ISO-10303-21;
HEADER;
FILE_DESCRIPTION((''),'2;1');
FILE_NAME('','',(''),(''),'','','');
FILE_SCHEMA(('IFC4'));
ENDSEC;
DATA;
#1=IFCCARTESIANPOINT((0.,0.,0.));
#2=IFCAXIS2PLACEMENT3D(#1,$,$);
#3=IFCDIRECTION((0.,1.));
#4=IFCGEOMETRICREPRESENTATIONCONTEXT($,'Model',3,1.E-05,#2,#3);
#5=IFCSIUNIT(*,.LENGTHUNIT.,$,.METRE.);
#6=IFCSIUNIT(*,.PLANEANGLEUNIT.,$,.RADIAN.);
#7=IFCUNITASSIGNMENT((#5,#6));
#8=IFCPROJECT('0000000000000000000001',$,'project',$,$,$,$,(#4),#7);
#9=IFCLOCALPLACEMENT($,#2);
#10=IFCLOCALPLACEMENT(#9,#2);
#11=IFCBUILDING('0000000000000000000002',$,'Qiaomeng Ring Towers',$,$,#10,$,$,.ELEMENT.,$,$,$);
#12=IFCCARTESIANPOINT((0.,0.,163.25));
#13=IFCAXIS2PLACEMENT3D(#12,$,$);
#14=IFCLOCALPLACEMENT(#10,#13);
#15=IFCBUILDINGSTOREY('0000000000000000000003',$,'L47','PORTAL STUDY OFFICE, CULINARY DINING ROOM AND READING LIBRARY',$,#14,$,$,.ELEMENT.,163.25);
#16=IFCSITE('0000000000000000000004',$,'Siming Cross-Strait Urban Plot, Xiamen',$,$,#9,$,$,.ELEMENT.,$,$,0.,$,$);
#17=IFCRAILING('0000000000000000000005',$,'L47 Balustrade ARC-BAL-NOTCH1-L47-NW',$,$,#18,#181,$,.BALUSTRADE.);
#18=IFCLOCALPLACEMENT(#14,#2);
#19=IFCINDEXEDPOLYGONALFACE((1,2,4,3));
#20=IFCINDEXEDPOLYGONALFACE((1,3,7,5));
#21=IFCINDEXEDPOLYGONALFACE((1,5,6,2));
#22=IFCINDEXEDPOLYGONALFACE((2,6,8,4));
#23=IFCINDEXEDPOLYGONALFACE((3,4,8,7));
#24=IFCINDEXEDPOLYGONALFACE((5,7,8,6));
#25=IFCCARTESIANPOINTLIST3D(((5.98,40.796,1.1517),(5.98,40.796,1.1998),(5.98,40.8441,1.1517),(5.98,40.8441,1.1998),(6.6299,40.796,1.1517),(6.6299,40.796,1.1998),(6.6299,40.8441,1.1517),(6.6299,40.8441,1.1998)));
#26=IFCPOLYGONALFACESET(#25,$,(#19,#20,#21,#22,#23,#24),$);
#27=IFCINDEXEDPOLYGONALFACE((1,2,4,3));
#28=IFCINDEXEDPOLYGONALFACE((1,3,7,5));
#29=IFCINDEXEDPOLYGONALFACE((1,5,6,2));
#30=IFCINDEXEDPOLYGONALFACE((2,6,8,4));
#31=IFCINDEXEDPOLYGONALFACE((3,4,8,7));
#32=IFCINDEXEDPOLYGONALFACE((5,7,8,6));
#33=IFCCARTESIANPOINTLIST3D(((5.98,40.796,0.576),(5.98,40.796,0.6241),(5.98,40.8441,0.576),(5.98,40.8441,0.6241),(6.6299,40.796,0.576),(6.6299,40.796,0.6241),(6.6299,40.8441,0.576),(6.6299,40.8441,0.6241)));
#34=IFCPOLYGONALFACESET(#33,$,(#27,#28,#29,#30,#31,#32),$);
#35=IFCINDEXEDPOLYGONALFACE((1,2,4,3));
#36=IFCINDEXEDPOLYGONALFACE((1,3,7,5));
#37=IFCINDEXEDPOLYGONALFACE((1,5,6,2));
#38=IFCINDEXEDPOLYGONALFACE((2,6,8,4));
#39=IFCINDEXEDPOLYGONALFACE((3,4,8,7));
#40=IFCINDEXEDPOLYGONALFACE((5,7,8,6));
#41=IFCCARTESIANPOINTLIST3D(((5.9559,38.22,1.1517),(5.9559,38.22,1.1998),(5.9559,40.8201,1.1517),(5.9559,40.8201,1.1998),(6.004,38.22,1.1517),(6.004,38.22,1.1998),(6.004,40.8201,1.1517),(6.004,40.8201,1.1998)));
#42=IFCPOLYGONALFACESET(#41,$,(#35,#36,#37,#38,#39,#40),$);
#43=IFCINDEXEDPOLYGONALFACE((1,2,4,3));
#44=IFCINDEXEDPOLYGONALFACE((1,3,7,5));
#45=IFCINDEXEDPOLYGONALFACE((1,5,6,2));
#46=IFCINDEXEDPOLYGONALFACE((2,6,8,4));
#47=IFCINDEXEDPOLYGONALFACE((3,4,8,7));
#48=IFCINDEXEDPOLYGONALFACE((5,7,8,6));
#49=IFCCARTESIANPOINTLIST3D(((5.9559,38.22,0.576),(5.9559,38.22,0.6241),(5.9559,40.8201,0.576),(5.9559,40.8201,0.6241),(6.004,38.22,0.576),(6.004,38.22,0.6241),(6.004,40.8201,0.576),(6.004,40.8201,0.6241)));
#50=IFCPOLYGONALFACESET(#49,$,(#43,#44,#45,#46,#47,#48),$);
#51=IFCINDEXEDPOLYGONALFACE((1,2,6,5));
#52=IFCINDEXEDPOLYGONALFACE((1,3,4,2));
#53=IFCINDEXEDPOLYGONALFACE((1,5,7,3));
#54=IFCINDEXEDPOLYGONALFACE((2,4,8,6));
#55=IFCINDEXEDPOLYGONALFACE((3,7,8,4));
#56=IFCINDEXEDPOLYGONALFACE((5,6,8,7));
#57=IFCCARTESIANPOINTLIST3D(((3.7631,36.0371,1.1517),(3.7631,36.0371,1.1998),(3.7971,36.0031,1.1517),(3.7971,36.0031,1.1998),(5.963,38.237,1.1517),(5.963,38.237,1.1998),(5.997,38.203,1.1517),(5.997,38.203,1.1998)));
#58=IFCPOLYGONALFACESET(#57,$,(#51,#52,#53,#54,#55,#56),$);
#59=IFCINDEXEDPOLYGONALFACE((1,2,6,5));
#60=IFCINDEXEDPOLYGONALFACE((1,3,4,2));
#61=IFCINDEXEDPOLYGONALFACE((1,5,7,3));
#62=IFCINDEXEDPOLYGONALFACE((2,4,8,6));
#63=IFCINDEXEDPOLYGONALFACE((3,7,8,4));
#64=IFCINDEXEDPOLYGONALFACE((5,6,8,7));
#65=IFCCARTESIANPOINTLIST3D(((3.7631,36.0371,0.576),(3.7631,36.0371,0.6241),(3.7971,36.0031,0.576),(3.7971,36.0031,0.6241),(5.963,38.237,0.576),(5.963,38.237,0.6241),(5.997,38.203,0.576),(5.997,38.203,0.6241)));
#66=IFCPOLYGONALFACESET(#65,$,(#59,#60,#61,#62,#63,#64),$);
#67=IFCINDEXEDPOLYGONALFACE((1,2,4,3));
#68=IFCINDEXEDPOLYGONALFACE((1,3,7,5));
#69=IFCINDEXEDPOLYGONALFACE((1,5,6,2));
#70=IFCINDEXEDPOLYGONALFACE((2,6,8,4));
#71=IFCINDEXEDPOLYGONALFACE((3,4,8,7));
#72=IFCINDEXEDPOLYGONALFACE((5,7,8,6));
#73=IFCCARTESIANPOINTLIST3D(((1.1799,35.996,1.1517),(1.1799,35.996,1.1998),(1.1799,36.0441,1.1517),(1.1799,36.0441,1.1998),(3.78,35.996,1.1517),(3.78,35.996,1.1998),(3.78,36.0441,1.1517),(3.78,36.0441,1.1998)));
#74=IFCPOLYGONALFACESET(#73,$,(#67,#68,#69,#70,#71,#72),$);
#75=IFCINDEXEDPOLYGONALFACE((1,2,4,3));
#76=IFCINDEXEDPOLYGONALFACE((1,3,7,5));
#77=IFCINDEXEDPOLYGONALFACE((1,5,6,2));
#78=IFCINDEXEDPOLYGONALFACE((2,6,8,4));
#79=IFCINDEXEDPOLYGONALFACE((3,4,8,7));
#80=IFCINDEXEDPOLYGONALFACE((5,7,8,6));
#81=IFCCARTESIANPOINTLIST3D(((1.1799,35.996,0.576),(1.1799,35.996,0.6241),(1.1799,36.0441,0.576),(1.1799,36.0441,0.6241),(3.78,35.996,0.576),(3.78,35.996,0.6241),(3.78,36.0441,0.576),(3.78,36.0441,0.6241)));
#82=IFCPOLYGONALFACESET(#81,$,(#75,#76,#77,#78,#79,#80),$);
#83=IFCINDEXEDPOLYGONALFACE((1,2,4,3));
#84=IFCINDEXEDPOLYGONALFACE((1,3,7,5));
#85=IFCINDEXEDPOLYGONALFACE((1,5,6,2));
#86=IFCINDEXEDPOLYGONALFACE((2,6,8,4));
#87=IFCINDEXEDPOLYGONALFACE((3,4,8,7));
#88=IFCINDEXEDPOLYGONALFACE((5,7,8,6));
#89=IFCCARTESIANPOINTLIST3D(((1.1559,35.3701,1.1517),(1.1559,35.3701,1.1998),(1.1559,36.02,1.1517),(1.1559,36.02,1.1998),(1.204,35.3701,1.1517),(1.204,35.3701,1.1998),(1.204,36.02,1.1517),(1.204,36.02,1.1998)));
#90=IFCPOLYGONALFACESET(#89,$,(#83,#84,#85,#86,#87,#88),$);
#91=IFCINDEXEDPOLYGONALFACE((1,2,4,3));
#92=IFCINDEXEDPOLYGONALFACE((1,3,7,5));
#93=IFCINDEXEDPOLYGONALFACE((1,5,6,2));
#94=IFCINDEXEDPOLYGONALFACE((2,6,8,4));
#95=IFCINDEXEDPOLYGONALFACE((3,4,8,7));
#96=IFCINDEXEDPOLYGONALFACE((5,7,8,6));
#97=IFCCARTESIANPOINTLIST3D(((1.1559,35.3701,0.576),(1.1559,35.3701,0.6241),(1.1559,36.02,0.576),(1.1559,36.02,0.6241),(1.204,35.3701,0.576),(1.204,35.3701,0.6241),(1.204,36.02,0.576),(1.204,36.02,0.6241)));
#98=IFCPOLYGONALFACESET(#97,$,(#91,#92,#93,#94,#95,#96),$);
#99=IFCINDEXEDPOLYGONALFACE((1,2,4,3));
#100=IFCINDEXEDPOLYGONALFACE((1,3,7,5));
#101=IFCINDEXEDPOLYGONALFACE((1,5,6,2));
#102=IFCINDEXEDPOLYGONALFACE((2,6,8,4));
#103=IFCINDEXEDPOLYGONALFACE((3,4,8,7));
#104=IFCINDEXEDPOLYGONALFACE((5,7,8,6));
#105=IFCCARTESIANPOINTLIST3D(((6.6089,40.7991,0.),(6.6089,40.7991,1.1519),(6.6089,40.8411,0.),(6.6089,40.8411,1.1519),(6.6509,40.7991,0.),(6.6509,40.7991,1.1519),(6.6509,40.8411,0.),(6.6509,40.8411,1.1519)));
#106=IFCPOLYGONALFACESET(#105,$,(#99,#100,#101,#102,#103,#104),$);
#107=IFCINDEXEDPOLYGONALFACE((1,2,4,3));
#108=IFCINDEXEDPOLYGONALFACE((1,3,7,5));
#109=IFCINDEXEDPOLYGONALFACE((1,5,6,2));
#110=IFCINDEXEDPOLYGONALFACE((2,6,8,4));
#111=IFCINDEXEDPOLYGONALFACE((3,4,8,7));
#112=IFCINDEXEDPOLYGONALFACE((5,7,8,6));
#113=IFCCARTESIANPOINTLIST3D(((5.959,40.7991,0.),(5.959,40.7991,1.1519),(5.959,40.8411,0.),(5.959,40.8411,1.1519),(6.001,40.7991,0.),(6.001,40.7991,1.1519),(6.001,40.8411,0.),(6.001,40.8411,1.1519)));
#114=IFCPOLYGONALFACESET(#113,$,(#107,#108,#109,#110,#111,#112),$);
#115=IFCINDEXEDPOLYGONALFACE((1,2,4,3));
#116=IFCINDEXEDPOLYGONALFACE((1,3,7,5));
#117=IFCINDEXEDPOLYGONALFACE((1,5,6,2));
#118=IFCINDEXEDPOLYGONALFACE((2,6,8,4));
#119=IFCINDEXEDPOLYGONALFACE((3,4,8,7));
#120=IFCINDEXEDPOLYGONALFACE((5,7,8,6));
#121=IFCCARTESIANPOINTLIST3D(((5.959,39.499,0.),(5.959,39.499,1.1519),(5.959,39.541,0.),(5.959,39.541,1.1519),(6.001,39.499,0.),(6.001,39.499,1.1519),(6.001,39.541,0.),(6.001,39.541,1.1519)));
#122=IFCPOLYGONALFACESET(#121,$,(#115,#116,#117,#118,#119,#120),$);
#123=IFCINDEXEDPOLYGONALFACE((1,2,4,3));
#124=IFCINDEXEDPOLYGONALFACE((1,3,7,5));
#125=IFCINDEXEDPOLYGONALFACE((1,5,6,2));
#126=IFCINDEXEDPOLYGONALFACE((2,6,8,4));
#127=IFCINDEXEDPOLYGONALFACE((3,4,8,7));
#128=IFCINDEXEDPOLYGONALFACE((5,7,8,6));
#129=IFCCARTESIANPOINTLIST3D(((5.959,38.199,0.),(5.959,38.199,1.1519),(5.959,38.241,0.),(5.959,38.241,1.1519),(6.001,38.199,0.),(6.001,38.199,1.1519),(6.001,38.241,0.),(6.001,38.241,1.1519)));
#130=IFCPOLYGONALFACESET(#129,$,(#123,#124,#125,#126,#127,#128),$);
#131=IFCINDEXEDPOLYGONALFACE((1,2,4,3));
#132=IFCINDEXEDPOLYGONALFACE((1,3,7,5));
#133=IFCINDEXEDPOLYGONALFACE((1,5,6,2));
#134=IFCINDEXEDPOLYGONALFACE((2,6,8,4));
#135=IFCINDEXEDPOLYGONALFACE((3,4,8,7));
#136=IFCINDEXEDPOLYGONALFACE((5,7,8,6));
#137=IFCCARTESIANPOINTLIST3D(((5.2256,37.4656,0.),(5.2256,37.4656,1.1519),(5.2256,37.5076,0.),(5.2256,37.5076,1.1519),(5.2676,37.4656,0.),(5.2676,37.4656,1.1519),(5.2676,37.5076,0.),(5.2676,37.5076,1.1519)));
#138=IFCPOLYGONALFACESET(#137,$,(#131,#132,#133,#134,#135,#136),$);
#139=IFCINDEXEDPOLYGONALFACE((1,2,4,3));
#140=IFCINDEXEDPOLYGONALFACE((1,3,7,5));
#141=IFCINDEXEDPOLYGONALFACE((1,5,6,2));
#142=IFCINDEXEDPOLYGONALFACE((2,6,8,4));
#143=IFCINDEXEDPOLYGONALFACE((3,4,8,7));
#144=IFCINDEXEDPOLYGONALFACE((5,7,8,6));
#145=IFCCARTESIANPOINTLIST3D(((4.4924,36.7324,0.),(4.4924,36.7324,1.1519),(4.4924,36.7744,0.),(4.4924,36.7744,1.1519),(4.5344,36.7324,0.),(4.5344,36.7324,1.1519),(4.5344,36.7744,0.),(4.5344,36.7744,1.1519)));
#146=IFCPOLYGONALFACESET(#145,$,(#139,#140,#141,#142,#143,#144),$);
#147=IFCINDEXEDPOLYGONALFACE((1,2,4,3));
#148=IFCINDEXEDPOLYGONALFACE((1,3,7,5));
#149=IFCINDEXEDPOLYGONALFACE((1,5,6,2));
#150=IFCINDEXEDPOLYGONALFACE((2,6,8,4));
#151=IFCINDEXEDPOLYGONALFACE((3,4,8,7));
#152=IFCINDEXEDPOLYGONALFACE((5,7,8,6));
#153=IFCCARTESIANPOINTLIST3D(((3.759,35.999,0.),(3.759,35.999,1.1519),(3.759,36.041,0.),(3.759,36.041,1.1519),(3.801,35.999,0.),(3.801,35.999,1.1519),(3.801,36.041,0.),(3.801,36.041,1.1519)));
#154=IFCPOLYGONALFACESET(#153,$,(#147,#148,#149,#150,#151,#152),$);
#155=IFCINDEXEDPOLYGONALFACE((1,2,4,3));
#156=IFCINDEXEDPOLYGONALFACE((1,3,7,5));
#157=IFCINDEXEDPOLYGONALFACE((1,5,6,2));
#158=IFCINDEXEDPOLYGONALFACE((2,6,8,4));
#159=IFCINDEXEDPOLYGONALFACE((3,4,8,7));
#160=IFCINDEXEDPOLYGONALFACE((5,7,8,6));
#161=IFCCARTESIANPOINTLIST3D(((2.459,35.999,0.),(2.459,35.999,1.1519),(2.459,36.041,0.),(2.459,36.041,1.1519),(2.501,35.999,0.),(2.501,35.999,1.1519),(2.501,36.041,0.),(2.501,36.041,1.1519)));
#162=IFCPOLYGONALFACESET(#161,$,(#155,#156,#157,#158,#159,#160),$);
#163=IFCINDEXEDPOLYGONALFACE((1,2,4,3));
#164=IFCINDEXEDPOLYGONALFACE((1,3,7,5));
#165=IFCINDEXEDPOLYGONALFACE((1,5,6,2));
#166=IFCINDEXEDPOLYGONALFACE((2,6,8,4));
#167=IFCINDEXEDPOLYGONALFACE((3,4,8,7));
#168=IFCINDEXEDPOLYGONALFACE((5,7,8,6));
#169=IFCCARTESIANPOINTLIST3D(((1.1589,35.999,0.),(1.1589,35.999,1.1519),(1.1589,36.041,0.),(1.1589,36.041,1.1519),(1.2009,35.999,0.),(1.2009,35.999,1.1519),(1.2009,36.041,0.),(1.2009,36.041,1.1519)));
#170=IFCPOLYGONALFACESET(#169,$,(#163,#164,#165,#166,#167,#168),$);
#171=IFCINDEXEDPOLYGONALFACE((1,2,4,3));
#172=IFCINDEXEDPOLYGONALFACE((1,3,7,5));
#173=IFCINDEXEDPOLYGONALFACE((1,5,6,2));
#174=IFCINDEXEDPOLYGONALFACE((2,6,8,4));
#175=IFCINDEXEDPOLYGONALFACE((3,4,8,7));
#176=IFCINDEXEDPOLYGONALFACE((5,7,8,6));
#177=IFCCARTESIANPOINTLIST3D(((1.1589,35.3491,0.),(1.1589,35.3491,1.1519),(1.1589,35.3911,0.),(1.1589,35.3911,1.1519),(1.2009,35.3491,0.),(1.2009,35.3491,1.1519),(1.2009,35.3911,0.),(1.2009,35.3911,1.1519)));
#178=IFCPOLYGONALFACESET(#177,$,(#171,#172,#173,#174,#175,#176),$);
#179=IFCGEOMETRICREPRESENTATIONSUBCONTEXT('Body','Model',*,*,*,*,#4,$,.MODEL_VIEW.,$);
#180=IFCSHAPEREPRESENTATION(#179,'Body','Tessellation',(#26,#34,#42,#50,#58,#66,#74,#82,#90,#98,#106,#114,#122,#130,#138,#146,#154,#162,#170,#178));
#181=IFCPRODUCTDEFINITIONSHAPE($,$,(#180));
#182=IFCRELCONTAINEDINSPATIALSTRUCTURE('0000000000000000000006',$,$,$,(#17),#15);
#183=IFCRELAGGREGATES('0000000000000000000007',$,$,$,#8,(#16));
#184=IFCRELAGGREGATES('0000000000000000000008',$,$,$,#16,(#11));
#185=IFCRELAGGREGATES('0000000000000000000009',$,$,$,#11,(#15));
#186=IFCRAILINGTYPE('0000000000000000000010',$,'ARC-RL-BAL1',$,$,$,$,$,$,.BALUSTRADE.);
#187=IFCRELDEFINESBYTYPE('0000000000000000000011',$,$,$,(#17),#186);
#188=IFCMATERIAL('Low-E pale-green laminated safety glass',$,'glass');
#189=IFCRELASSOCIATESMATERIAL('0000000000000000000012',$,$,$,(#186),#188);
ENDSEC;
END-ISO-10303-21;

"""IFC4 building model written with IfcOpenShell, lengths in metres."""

from ifc_helpers import new_model, si_unit, direction, frame, origin, origin_2d, place, context, subcontext, project, spatial, rectangle, extrude, material, type_object, element, save


model = new_model("IFC4")

# Units and contexts
model_context = context("Model", 3, precision=1e-05, world=origin(), true_north=direction((0.0, 1.0)))
body_context = subcontext(model_context, "Body", "Model", "MODEL_VIEW")
ifc_project = project(units=[si_unit("LENGTHUNIT", "METRE"), si_unit("PLANEANGLEUNIT", "RADIAN")], contexts=[model_context])

# Site, building, storey
site_placement = place(None, origin())
site = spatial("IfcSite", under=ifc_project, at=site_placement, Name="Siming Cross-Strait Urban Plot, Xiamen", CompositionType="ELEMENT", RefElevation=0.0)
building_placement = place(site_placement, origin())
building = spatial("IfcBuilding", under=site, at=building_placement, Name="Qiaomeng Ring Towers", CompositionType="ELEMENT")
storey_placement = place(building_placement, frame((0.0, 0.0, 163.25)))
storey = spatial("IfcBuildingStorey", under=building, at=storey_placement, Name="L47", Description="PORTAL STUDY OFFICE, CULINARY DINING ROOM AND READING LIBRARY", CompositionType="ELEMENT", Elevation=163.25)

# Railing
ifc_material_1 = material(Name="Low-E pale-green laminated safety glass", Category="glass")
railing_type = type_object("IfcRailingType", Name="ARC-RL-BAL1", PredefinedType="BALUSTRADE", material=ifc_material_1)
railing_placement = place(storey_placement, frame((6.6299, 40.8201, 0.0)))
element("IfcRailing", 1, at=railing_placement, inside=storey, type_object=railing_type, Name="L47 Balustrade ARC-BAL-NOTCH1-L47-NW", PredefinedType="BALUSTRADE", context=body_context, shape_type="SweptSolid", body=[
    extrude(rectangle(XDim=0.0481, YDim=0.0481, at=origin_2d()), frame((0.0, 0.0, 1.1758), z_axis=(-1.0, 0.0, 0.0), x_axis=(0.0, -1.0, 0.0)), (0.0, 0.0, 1.0), 0.6499),
    extrude(rectangle(XDim=0.0481, YDim=0.0481, at=origin_2d()), frame((0.0, 0.0, 0.6001), z_axis=(-1.0, 0.0, 0.0), x_axis=(0.0, -1.0, 0.0)), (0.0, 0.0, 1.0), 0.6499),
    extrude(rectangle(XDim=0.0481, YDim=0.0481, at=origin_2d()), frame((-0.6499, 0.0, 1.1758), z_axis=(0.0, -1.0, 0.0), x_axis=(1.0, 0.0, 0.0)), (0.0, 0.0, 1.0), 2.6001),
    extrude(rectangle(XDim=0.0481, YDim=0.0481, at=origin_2d()), frame((-0.6499, 0.0, 0.6001), z_axis=(0.0, -1.0, 0.0), x_axis=(1.0, 0.0, 0.0)), (0.0, 0.0, 1.0), 2.6001),
    extrude(rectangle(XDim=0.0481, YDim=0.0481, at=origin_2d()), frame((-0.6499, -2.6001, 1.1758), z_axis=(-0.707107, -0.707107, 0.0), x_axis=(0.707107, -0.707107, 0.0)), (0.0, 0.0, 1.0), 3.1111),
    extrude(rectangle(XDim=0.0481, YDim=0.0481, at=origin_2d()), frame((-0.6499, -2.6001, 0.6001), z_axis=(-0.707107, -0.707107, 0.0), x_axis=(0.707107, -0.707107, 0.0)), (0.0, 0.0, 1.0), 3.1111),
    extrude(rectangle(XDim=0.0481, YDim=0.0481, at=origin_2d()), frame((-2.8499, -4.8, 1.1758), z_axis=(-1.0, 0.0, 0.0), x_axis=(0.0, -1.0, 0.0)), (0.0, 0.0, 1.0), 2.6001),
    extrude(rectangle(XDim=0.0481, YDim=0.0481, at=origin_2d()), frame((-2.8499, -4.8, 0.6001), z_axis=(-1.0, 0.0, 0.0), x_axis=(0.0, -1.0, 0.0)), (0.0, 0.0, 1.0), 2.6001),
    extrude(rectangle(XDim=0.0481, YDim=0.0481, at=origin_2d()), frame((-5.45, -4.8, 1.1758), z_axis=(0.0, -1.0, 0.0), x_axis=(1.0, 0.0, 0.0)), (0.0, 0.0, 1.0), 0.6499),
    extrude(rectangle(XDim=0.0481, YDim=0.0481, at=origin_2d()), frame((-5.45, -4.8, 0.6001), z_axis=(0.0, -1.0, 0.0), x_axis=(1.0, 0.0, 0.0)), (0.0, 0.0, 1.0), 0.6499),
    extrude(rectangle(XDim=0.042, YDim=0.042, at=origin_2d()), origin(), (0.0, 0.0, 1.0), 1.1519),
    extrude(rectangle(XDim=0.042, YDim=0.042, at=origin_2d()), frame((-0.6499, 0.0, 0.0)), (0.0, 0.0, 1.0), 1.1519),
    extrude(rectangle(XDim=0.042, YDim=0.042, at=origin_2d()), frame((-0.6499, -1.3, 0.0)), (0.0, 0.0, 1.0), 1.1519),
    extrude(rectangle(XDim=0.042, YDim=0.042, at=origin_2d()), frame((-0.6499, -2.6001, 0.0)), (0.0, 0.0, 1.0), 1.1519),
    extrude(rectangle(XDim=0.042, YDim=0.042, at=origin_2d()), frame((-1.3833, -3.3335, 0.0)), (0.0, 0.0, 1.0), 1.1519),
    extrude(rectangle(XDim=0.042, YDim=0.042, at=origin_2d()), frame((-2.1165, -4.0667, 0.0)), (0.0, 0.0, 1.0), 1.1519),
    extrude(rectangle(XDim=0.042, YDim=0.042, at=origin_2d()), frame((-2.8499, -4.8, 0.0)), (0.0, 0.0, 1.0), 1.1519),
    extrude(rectangle(XDim=0.042, YDim=0.042, at=origin_2d()), frame((-4.1499, -4.8, 0.0)), (0.0, 0.0, 1.0), 1.1519),
    extrude(rectangle(XDim=0.042, YDim=0.042, at=origin_2d()), frame((-5.45, -4.8, 0.0)), (0.0, 0.0, 1.0), 1.1519),
    extrude(rectangle(XDim=0.042, YDim=0.042, at=origin_2d()), frame((-5.45, -5.45, 0.0)), (0.0, 0.0, 1.0), 1.1519),
])

save(model, "model.ifc")
